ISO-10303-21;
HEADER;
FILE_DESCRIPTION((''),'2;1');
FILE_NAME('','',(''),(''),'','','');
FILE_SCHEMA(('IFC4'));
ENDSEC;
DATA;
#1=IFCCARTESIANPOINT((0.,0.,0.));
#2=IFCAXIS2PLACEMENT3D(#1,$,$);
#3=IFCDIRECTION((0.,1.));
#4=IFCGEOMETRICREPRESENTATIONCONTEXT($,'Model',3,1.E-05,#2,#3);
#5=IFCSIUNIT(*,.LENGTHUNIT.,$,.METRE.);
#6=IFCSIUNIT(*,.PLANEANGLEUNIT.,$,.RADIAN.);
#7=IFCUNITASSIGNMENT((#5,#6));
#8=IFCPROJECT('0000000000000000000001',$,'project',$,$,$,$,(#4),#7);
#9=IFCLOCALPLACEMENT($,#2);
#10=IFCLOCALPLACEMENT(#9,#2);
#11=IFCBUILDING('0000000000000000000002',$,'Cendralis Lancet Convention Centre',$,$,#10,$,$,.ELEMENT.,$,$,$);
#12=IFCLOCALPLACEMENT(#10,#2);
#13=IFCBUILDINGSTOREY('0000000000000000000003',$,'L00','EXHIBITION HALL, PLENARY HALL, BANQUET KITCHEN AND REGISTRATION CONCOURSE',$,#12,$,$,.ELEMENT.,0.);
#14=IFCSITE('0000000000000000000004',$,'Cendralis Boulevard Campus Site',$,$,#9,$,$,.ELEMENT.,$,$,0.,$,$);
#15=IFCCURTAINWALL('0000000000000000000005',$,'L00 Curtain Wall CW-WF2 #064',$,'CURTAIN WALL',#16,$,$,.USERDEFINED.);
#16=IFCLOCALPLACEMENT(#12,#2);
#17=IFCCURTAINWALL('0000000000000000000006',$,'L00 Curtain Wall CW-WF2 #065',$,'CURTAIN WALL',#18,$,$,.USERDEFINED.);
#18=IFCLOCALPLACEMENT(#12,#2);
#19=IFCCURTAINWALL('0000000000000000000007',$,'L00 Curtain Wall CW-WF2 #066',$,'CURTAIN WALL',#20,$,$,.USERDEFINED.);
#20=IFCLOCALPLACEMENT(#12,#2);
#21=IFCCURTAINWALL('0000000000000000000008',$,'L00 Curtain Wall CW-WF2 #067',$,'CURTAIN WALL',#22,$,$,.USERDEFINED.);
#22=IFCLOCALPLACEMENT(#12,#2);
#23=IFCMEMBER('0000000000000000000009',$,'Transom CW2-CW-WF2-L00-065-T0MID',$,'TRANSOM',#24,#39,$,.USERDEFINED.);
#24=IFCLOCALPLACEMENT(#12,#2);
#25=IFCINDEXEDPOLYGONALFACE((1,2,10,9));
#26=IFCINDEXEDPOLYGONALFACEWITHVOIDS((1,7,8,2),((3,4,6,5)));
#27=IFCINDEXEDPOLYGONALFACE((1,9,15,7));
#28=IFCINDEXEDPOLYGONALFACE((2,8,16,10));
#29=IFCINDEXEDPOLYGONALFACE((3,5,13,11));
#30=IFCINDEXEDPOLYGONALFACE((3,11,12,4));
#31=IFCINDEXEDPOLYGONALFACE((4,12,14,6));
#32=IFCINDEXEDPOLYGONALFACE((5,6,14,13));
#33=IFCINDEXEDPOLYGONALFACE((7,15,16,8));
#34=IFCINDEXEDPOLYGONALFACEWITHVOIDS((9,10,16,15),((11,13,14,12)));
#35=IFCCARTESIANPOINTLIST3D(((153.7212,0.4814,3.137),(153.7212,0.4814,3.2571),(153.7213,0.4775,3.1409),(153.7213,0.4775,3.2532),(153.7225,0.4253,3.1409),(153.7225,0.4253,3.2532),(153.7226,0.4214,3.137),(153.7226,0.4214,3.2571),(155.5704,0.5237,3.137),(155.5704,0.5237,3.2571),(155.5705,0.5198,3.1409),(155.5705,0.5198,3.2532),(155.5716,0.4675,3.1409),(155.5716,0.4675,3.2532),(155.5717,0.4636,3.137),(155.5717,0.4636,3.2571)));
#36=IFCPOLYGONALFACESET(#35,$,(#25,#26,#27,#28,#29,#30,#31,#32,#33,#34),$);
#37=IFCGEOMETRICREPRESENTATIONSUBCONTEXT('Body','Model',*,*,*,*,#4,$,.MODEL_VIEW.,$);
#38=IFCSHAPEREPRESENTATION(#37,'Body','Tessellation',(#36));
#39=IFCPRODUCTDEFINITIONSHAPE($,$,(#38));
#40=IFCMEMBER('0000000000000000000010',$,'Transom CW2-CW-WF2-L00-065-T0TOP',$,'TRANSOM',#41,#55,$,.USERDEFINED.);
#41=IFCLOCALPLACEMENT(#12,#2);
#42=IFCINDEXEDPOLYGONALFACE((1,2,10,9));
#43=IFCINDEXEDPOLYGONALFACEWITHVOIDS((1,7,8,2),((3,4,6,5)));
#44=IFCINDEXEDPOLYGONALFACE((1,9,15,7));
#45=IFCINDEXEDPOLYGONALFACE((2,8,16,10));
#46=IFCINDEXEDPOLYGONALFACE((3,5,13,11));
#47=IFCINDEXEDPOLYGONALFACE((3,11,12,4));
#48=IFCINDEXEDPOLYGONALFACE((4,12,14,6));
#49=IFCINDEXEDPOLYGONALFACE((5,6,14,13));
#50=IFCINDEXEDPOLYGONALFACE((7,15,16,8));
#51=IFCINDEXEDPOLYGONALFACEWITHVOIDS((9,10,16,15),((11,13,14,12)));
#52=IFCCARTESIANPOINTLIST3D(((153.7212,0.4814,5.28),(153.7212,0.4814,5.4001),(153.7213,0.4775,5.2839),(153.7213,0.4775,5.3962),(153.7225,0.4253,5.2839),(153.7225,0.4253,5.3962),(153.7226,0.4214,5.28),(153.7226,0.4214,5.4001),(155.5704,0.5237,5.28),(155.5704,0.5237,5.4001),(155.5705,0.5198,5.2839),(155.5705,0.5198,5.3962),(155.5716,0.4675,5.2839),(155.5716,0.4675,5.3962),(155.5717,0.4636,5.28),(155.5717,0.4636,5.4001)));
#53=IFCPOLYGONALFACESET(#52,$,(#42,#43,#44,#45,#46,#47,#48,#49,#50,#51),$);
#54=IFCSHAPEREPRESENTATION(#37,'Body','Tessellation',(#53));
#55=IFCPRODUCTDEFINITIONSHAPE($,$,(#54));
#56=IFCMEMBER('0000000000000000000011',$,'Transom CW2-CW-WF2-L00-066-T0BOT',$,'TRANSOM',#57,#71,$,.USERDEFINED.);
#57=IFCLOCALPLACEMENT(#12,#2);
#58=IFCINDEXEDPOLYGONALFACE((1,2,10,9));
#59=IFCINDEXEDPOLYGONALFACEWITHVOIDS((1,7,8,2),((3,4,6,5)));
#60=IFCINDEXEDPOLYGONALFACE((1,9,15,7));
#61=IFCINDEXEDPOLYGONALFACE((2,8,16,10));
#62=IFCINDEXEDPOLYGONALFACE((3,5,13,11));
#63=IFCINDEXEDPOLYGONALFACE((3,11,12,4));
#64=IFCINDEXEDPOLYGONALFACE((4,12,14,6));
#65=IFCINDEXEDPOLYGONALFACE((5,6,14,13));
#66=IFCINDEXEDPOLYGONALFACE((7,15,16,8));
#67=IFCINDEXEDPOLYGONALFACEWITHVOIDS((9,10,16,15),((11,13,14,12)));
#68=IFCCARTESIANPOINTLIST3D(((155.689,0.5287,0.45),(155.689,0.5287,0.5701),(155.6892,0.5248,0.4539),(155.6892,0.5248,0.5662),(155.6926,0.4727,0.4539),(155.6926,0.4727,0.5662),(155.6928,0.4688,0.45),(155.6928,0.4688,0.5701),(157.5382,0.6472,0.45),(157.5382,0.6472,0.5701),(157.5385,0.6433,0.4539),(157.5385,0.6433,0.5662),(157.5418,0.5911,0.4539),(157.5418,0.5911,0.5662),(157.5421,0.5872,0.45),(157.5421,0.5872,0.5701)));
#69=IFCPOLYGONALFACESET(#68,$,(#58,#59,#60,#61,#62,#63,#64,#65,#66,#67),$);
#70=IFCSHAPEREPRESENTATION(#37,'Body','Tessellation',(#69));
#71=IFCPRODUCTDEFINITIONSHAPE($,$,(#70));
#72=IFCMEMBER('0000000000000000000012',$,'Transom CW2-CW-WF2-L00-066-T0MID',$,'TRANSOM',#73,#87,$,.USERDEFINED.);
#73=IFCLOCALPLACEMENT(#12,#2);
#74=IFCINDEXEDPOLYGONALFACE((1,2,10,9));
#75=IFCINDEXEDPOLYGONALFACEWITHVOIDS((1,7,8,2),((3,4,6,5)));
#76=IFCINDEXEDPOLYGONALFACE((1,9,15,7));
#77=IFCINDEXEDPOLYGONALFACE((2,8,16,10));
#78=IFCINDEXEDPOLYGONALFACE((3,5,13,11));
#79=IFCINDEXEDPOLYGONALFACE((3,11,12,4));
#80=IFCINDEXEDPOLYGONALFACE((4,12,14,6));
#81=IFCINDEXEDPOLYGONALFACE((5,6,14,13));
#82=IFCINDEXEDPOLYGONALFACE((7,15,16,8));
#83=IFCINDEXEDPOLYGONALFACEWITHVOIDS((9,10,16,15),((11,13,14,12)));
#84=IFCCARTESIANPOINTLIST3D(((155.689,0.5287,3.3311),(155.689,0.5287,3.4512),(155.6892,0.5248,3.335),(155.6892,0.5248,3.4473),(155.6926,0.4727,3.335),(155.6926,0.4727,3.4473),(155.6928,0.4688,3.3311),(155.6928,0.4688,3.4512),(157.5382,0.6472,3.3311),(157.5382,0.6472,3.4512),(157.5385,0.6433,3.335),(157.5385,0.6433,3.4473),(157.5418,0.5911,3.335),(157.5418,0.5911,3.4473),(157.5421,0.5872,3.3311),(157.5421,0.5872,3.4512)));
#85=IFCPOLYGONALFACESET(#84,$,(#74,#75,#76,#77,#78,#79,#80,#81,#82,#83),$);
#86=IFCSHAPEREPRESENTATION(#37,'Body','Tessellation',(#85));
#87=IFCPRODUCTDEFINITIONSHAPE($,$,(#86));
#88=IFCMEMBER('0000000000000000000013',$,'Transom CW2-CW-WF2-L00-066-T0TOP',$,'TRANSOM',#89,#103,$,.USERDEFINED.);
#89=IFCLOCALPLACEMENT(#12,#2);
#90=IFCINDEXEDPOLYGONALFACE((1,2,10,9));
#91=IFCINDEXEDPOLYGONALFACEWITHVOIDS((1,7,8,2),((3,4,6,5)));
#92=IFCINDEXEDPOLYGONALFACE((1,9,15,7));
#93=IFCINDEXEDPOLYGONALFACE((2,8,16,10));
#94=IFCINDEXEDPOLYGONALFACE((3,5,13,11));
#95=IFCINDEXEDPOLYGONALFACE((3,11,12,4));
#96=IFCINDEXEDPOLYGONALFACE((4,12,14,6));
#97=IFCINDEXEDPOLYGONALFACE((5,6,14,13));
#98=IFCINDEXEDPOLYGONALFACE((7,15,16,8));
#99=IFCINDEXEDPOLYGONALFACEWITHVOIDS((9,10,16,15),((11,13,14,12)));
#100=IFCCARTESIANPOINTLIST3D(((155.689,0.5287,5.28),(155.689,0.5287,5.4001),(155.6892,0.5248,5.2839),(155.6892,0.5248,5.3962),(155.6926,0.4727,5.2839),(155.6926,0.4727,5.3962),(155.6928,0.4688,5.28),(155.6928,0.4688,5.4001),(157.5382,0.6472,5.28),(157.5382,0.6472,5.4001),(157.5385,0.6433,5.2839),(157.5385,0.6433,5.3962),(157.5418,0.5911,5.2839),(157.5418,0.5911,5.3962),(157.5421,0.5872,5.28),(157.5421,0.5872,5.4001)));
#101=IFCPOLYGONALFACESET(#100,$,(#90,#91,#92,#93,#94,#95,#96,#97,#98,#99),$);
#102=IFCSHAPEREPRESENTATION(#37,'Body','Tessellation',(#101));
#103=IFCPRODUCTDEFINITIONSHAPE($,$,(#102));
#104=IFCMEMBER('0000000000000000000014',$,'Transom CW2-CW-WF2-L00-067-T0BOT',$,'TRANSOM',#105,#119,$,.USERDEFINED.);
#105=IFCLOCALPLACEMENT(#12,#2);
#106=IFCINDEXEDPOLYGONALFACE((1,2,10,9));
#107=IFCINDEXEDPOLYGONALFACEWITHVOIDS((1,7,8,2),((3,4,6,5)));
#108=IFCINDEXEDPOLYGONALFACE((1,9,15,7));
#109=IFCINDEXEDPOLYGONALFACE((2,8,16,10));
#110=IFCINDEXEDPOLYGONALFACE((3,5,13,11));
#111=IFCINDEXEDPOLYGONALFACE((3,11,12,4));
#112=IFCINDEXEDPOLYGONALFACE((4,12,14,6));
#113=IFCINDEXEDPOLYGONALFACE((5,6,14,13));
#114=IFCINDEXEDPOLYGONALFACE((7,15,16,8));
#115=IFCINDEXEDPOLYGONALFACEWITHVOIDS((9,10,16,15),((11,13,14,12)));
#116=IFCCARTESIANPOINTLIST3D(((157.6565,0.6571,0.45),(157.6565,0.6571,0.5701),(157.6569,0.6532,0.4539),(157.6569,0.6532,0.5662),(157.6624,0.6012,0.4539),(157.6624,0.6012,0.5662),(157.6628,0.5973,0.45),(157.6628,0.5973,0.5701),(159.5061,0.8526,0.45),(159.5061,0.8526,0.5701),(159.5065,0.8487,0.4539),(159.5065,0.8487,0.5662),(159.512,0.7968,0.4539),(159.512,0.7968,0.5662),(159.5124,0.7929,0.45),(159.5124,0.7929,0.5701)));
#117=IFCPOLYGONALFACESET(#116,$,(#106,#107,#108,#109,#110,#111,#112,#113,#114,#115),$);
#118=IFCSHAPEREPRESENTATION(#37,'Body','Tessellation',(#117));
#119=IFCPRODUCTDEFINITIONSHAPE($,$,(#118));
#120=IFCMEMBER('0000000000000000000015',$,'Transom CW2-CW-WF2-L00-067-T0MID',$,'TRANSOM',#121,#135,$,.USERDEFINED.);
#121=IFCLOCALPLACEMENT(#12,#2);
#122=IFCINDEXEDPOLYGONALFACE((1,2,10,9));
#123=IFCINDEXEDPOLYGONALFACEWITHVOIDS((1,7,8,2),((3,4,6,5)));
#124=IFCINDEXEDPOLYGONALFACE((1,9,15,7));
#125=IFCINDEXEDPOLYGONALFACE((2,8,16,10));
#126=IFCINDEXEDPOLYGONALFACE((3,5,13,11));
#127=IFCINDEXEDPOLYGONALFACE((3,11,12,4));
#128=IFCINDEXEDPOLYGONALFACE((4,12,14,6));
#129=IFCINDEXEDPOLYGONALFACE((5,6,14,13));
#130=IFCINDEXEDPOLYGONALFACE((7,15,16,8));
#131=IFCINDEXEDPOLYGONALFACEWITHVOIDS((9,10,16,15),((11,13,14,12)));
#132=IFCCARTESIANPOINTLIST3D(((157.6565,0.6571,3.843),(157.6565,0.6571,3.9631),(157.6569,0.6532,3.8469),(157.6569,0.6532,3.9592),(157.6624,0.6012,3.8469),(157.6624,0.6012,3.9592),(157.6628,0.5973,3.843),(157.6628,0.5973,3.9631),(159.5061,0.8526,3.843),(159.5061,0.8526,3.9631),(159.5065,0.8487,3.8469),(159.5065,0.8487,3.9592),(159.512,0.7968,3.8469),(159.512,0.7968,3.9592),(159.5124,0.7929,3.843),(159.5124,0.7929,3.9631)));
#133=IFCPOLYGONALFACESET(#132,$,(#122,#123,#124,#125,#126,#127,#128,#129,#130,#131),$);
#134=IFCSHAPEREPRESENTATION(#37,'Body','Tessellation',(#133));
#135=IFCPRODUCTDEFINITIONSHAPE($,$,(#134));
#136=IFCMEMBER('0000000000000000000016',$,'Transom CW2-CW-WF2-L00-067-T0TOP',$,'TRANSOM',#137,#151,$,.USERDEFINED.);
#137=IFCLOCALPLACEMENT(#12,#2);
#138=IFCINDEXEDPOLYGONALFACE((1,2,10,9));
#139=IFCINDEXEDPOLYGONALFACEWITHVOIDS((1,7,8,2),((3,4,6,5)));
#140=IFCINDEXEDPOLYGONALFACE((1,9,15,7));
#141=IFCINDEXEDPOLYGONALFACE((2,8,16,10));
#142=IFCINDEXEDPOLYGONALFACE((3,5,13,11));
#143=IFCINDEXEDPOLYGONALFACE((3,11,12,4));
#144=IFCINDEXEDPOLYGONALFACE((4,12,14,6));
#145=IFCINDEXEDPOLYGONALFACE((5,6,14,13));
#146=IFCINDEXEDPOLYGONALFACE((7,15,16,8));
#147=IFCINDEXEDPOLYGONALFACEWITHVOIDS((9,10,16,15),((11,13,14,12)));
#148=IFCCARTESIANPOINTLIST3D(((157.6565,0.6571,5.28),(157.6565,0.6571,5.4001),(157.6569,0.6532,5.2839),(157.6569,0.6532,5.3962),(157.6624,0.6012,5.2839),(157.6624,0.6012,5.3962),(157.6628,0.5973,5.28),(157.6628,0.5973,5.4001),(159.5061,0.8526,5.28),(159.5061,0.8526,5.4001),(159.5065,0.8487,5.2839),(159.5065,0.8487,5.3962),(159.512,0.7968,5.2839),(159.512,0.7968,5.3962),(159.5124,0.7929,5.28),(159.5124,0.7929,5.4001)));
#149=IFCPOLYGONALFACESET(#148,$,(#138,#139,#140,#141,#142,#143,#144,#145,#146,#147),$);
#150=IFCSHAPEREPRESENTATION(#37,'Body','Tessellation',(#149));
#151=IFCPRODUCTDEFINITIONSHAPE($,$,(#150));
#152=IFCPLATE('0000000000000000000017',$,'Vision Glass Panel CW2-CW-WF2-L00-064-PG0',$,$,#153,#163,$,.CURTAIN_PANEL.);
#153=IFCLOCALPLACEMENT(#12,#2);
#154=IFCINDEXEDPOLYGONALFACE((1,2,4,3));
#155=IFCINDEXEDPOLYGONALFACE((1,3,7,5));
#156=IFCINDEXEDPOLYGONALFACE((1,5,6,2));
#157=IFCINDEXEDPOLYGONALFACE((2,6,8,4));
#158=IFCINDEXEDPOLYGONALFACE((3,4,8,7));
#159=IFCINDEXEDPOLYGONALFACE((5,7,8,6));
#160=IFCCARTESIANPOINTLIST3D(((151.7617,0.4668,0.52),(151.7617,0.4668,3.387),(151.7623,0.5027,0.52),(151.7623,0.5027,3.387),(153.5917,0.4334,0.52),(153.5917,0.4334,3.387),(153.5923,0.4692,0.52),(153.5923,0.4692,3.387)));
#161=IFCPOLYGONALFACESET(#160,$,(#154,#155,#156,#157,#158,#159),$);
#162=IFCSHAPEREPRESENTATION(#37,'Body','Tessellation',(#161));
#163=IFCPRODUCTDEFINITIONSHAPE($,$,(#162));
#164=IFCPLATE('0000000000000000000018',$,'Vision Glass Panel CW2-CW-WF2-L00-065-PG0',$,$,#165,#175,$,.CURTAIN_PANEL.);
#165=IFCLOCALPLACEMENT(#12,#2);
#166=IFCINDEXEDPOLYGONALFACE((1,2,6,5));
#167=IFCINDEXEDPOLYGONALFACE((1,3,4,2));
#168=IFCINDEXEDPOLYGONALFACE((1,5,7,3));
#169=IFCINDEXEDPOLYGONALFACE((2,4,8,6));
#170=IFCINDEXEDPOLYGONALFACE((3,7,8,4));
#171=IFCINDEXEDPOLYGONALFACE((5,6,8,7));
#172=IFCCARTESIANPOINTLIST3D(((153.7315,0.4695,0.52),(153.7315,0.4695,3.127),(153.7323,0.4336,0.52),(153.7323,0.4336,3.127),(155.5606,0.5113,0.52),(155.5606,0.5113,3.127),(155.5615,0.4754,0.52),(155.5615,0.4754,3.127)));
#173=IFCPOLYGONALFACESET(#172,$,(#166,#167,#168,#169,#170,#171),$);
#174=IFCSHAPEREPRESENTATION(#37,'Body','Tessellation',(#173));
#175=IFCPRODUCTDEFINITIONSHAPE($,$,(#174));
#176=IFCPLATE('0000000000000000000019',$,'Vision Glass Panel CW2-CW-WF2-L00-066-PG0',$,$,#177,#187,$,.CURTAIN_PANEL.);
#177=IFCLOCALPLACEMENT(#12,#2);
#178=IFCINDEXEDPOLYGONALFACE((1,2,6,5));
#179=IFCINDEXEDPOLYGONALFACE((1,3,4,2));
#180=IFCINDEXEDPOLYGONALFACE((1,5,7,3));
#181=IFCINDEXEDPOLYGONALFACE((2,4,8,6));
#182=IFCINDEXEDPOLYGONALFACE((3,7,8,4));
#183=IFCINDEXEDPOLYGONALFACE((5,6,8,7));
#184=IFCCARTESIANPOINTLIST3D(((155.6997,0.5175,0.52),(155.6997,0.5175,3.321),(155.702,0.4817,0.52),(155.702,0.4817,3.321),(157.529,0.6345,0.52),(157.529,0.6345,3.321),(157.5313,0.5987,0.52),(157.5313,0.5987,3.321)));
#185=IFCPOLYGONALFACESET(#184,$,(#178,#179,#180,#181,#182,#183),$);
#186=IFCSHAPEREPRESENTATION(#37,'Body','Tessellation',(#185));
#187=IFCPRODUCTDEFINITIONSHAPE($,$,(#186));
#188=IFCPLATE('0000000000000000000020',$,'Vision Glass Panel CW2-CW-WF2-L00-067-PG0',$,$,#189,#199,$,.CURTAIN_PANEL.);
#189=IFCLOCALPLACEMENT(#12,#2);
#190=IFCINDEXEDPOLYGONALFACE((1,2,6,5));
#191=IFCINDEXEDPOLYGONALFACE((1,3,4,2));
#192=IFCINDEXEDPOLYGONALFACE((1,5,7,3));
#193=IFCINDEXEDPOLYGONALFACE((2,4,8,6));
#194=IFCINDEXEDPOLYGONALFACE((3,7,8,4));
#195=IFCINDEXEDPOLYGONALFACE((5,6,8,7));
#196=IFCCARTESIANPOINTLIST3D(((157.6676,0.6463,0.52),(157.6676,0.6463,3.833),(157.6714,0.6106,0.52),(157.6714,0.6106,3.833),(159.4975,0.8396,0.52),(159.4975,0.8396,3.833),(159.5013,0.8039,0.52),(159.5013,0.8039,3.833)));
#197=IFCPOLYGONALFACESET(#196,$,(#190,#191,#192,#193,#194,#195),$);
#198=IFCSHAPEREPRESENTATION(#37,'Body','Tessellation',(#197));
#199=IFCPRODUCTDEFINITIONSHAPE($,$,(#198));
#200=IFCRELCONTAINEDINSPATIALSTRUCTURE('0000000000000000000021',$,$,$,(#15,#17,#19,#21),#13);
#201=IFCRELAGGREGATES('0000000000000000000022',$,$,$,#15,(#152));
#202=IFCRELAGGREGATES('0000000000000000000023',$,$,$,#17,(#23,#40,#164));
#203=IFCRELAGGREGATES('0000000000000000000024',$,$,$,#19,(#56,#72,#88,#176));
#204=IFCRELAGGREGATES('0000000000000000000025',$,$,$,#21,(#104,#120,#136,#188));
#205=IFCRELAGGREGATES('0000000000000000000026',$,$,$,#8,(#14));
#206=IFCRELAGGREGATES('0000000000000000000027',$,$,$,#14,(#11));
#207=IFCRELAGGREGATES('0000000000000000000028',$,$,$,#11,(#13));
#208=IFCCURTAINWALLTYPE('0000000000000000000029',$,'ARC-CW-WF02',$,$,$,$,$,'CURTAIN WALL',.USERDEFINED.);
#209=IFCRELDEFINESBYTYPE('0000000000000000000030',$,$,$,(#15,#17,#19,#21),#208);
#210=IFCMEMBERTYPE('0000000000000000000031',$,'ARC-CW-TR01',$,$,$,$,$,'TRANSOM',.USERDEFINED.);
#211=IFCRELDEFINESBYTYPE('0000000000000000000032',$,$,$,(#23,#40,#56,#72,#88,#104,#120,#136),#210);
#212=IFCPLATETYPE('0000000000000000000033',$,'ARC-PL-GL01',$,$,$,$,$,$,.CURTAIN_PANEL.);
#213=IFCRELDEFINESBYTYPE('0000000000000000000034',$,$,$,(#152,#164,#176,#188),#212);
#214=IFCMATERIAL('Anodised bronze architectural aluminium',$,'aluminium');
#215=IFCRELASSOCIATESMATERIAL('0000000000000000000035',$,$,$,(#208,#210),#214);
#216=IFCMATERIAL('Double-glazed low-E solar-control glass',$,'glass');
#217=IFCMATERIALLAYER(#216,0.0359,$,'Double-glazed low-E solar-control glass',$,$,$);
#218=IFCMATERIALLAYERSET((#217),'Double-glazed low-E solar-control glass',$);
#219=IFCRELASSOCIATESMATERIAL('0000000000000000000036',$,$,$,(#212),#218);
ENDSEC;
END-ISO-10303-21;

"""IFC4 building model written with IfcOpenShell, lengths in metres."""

from ifc_helpers import new_model, si_unit, direction, frame, origin, origin_2d, place, context, subcontext, project, spatial, rectangle, hollow_rectangle, extrude, material, layer, layer_set, material_profile, profile_set, type_object, element, aggregate, save


model = new_model("IFC4")

# Units and contexts
model_context = context("Model", 3, precision=1e-05, world=origin(), true_north=direction((0.0, 1.0)))
body_context = subcontext(model_context, "Body", "Model", "MODEL_VIEW")
ifc_project = project(units=[si_unit("LENGTHUNIT", "METRE"), si_unit("PLANEANGLEUNIT", "RADIAN")], contexts=[model_context])

# Site, building, storey
site_placement = place(None, origin())
site = spatial("IfcSite", under=ifc_project, at=site_placement, Name="Cendralis Boulevard Campus Site", CompositionType="ELEMENT", RefElevation=0.0)
building_placement = place(site_placement, origin())
building = spatial("IfcBuilding", under=site, at=building_placement, Name="Cendralis Lancet Convention Centre", CompositionType="ELEMENT")
storey_placement = place(building_placement, origin())
storey = spatial("IfcBuildingStorey", under=building, at=storey_placement, Name="L00", Description="EXHIBITION HALL, PLENARY HALL, BANQUET KITCHEN AND REGISTRATION CONCOURSE", CompositionType="ELEMENT", Elevation=0.0)

# Curtain wall
ifc_material_1 = material(Name="Anodised bronze architectural aluminium", Category="aluminium")
curtain_wall_type = type_object("IfcCurtainWallType", Name="ARC-CW-WF02", ElementType="CURTAIN WALL", PredefinedType="USERDEFINED", material=ifc_material_1)
curtain_wall_1_placement = place(storey_placement, origin())
curtain_wall_1 = element("IfcCurtainWall", 1, at=curtain_wall_1_placement, inside=storey, type_object=curtain_wall_type, Name="L00 Curtain Wall CW-WF2 #064", ObjectType="CURTAIN WALL", PredefinedType="USERDEFINED")

# Curtain walls
curtain_wall_2_placement = place(storey_placement, origin())
curtain_wall_2 = element("IfcCurtainWall", 2, at=curtain_wall_2_placement, inside=storey, type_object=curtain_wall_type, Name="L00 Curtain Wall CW-WF2 #065", ObjectType="CURTAIN WALL", PredefinedType="USERDEFINED")
curtain_wall_3_placement = place(storey_placement, origin())
curtain_wall_3 = element("IfcCurtainWall", 3, at=curtain_wall_3_placement, inside=storey, type_object=curtain_wall_type, Name="L00 Curtain Wall CW-WF2 #066", ObjectType="CURTAIN WALL", PredefinedType="USERDEFINED")
curtain_wall_4_placement = place(storey_placement, origin())
curtain_wall_4 = element("IfcCurtainWall", 4, at=curtain_wall_4_placement, inside=storey, type_object=curtain_wall_type, Name="L00 Curtain Wall CW-WF2 #067", ObjectType="CURTAIN WALL", PredefinedType="USERDEFINED")

# Members
ifc_material_profile_1 = material_profile(ifc_material_1, hollow_rectangle(XDim=0.0601, YDim=0.1201, WallThickness=0.0039, at=origin_2d()), Name="AL-TRAN 60x120x4.0")
ifc_profile_set_1 = profile_set([ifc_material_profile_1], Name="Anodised bronze architectural aluminium")
member_type_1 = type_object("IfcMemberType", Name="ARC-CW-TR01", ElementType="TRANSOM", PredefinedType="USERDEFINED", material=ifc_profile_set_1)
member_1_placement = place(storey_placement, frame((153.7219, 0.4514, 3.197), z_axis=(0.999739, 0.022835, 0.0), x_axis=(-0.022835, 0.999739, 0.0)))
member_1 = element("IfcMember", 5, at=member_1_placement, type_object=member_type_1, Name="Transom CW2-CW-WF2-L00-065-T0MID", ObjectType="TRANSOM", PredefinedType="USERDEFINED", context=body_context, shape_type="SweptSolid", body=[
    extrude(hollow_rectangle(XDim=0.0601, YDim=0.1201, WallThickness=0.0039, at=origin_2d()), origin(), (0.0, 0.0, 1.0), 1.8496),
])
member_2_placement = place(storey_placement, frame((153.7219, 0.4514, 5.3401), z_axis=(0.999739, 0.022835, 0.0), x_axis=(-0.022835, 0.999739, 0.0)))
member_2 = element("IfcMember", 6, at=member_2_placement, type_object=member_type_1, Name="Transom CW2-CW-WF2-L00-065-T0TOP", ObjectType="TRANSOM", PredefinedType="USERDEFINED", context=body_context, shape_type="SweptSolid", body=[
    extrude(hollow_rectangle(XDim=0.0601, YDim=0.1201, WallThickness=0.0039, at=origin_2d()), origin(), (0.0, 0.0, 1.0), 1.8496),
])
member_3_placement = place(storey_placement, frame((155.6909, 0.4988, 0.51), z_axis=(0.997956, 0.063904, 0.0), x_axis=(-0.063904, 0.997956, 0.0)))
member_3 = element("IfcMember", 7, at=member_3_placement, type_object=member_type_1, Name="Transom CW2-CW-WF2-L00-066-T0BOT", ObjectType="TRANSOM", PredefinedType="USERDEFINED", context=body_context, shape_type="SweptSolid", body=[
    extrude(hollow_rectangle(XDim=0.0601, YDim=0.1201, WallThickness=0.0039, at=origin_2d()), origin(), (0.0, 0.0, 1.0), 1.853),
])
member_4_placement = place(storey_placement, frame((155.6909, 0.4988, 3.3911), z_axis=(0.997956, 0.063904, 0.0), x_axis=(-0.063904, 0.997956, 0.0)))
member_4 = element("IfcMember", 8, at=member_4_placement, type_object=member_type_1, Name="Transom CW2-CW-WF2-L00-066-T0MID", ObjectType="TRANSOM", PredefinedType="USERDEFINED", context=body_context, shape_type="SweptSolid", body=[
    extrude(hollow_rectangle(XDim=0.0601, YDim=0.1201, WallThickness=0.0039, at=origin_2d()), origin(), (0.0, 0.0, 1.0), 1.853),
])
member_5_placement = place(storey_placement, frame((155.6909, 0.4988, 5.3401), z_axis=(0.997956, 0.063904, 0.0), x_axis=(-0.063904, 0.997956, 0.0)))
member_5 = element("IfcMember", 9, at=member_5_placement, type_object=member_type_1, Name="Transom CW2-CW-WF2-L00-066-T0TOP", ObjectType="TRANSOM", PredefinedType="USERDEFINED", context=body_context, shape_type="SweptSolid", body=[
    extrude(hollow_rectangle(XDim=0.0601, YDim=0.1201, WallThickness=0.0039, at=origin_2d()), origin(), (0.0, 0.0, 1.0), 1.853),
])
member_6_placement = place(storey_placement, frame((157.6597, 0.6272, 0.51), z_axis=(0.994457, 0.105143, 0.0), x_axis=(-0.105143, 0.994457, 0.0)))
member_6 = element("IfcMember", 10, at=member_6_placement, type_object=member_type_1, Name="Transom CW2-CW-WF2-L00-067-T0BOT", ObjectType="TRANSOM", PredefinedType="USERDEFINED", context=body_context, shape_type="SweptSolid", body=[
    extrude(hollow_rectangle(XDim=0.0601, YDim=0.1201, WallThickness=0.0039, at=origin_2d()), origin(), (0.0, 0.0, 1.0), 1.8599),
])
member_7_placement = place(storey_placement, frame((157.6597, 0.6272, 3.9031), z_axis=(0.994457, 0.105143, 0.0), x_axis=(-0.105143, 0.994457, 0.0)))
member_7 = element("IfcMember", 11, at=member_7_placement, type_object=member_type_1, Name="Transom CW2-CW-WF2-L00-067-T0MID", ObjectType="TRANSOM", PredefinedType="USERDEFINED", context=body_context, shape_type="SweptSolid", body=[
    extrude(hollow_rectangle(XDim=0.0601, YDim=0.1201, WallThickness=0.0039, at=origin_2d()), origin(), (0.0, 0.0, 1.0), 1.8599),
])
member_8_placement = place(storey_placement, frame((157.6597, 0.6272, 5.3401), z_axis=(0.994457, 0.105143, 0.0), x_axis=(-0.105143, 0.994457, 0.0)))
member_8 = element("IfcMember", 12, at=member_8_placement, type_object=member_type_1, Name="Transom CW2-CW-WF2-L00-067-T0TOP", ObjectType="TRANSOM", PredefinedType="USERDEFINED", context=body_context, shape_type="SweptSolid", body=[
    extrude(hollow_rectangle(XDim=0.0601, YDim=0.1201, WallThickness=0.0039, at=origin_2d()), origin(), (0.0, 0.0, 1.0), 1.8599),
])

# Plates
ifc_material_2 = material(Name="Double-glazed low-E solar-control glass", Category="glass")
ifc_layer_1 = layer(ifc_material_2, 0.0359, Name="Double-glazed low-E solar-control glass")
ifc_layer_set_1 = layer_set([ifc_layer_1], Name="Double-glazed low-E solar-control glass")
plate_type_1 = type_object("IfcPlateType", Name="ARC-PL-GL01", PredefinedType="CURTAIN_PANEL", material=ifc_layer_set_1)
plate_1_placement = place(storey_placement, frame((152.677, 0.468, 0.52), z_axis=(0.0, 0.0, 1.0), x_axis=(0.999833, -0.018271, 0.0)))
plate_1 = element("IfcPlate", 13, at=plate_1_placement, type_object=plate_type_1, Name="Vision Glass Panel CW2-CW-WF2-L00-064-PG0", PredefinedType="CURTAIN_PANEL", context=body_context, shape_type="SweptSolid", body=[
    extrude(rectangle(XDim=1.8303, YDim=0.0359, at=origin_2d()), origin(), (0.0, 0.0, 1.0), 2.8669),
])
plate_2_placement = place(storey_placement, frame((154.6465, 0.4724, 0.52), z_axis=(0.0, 0.0, 1.0), x_axis=(0.999739, 0.022848, 0.0)))
plate_2 = element("IfcPlate", 14, at=plate_2_placement, type_object=plate_type_1, Name="Vision Glass Panel CW2-CW-WF2-L00-065-PG0", PredefinedType="CURTAIN_PANEL", context=body_context, shape_type="SweptSolid", body=[
    extrude(rectangle(XDim=1.8296, YDim=0.0359, at=origin_2d()), origin(), (0.0, 0.0, 1.0), 2.6069),
])
plate_3_placement = place(storey_placement, frame((156.6155, 0.5581, 0.52), z_axis=(0.0, 0.0, 1.0), x_axis=(0.997959, 0.063861, 0.0)))
plate_3 = element("IfcPlate", 15, at=plate_3_placement, type_object=plate_type_1, Name="Vision Glass Panel CW2-CW-WF2-L00-066-PG0", PredefinedType="CURTAIN_PANEL", context=body_context, shape_type="SweptSolid", body=[
    extrude(rectangle(XDim=1.833, YDim=0.0359, at=origin_2d()), origin(), (0.0, 0.0, 1.0), 2.801),
])
plate_4_placement = place(storey_placement, frame((158.5845, 0.7251, 0.52), z_axis=(0.0, 0.0, 1.0), x_axis=(0.994467, 0.105053, 0.0)))
plate_4 = element("IfcPlate", 16, at=plate_4_placement, type_object=plate_type_1, Name="Vision Glass Panel CW2-CW-WF2-L00-067-PG0", PredefinedType="CURTAIN_PANEL", context=body_context, shape_type="SweptSolid", body=[
    extrude(rectangle(XDim=1.8401, YDim=0.0359, at=origin_2d()), origin(), (0.0, 0.0, 1.0), 3.313),
])
aggregate(curtain_wall_1, [plate_1])
aggregate(curtain_wall_2, [member_1, member_2, plate_2])
aggregate(curtain_wall_3, [member_3, member_4, member_5, plate_3])
aggregate(curtain_wall_4, [member_6, member_7, member_8, plate_4])

save(model, "model.ifc")
